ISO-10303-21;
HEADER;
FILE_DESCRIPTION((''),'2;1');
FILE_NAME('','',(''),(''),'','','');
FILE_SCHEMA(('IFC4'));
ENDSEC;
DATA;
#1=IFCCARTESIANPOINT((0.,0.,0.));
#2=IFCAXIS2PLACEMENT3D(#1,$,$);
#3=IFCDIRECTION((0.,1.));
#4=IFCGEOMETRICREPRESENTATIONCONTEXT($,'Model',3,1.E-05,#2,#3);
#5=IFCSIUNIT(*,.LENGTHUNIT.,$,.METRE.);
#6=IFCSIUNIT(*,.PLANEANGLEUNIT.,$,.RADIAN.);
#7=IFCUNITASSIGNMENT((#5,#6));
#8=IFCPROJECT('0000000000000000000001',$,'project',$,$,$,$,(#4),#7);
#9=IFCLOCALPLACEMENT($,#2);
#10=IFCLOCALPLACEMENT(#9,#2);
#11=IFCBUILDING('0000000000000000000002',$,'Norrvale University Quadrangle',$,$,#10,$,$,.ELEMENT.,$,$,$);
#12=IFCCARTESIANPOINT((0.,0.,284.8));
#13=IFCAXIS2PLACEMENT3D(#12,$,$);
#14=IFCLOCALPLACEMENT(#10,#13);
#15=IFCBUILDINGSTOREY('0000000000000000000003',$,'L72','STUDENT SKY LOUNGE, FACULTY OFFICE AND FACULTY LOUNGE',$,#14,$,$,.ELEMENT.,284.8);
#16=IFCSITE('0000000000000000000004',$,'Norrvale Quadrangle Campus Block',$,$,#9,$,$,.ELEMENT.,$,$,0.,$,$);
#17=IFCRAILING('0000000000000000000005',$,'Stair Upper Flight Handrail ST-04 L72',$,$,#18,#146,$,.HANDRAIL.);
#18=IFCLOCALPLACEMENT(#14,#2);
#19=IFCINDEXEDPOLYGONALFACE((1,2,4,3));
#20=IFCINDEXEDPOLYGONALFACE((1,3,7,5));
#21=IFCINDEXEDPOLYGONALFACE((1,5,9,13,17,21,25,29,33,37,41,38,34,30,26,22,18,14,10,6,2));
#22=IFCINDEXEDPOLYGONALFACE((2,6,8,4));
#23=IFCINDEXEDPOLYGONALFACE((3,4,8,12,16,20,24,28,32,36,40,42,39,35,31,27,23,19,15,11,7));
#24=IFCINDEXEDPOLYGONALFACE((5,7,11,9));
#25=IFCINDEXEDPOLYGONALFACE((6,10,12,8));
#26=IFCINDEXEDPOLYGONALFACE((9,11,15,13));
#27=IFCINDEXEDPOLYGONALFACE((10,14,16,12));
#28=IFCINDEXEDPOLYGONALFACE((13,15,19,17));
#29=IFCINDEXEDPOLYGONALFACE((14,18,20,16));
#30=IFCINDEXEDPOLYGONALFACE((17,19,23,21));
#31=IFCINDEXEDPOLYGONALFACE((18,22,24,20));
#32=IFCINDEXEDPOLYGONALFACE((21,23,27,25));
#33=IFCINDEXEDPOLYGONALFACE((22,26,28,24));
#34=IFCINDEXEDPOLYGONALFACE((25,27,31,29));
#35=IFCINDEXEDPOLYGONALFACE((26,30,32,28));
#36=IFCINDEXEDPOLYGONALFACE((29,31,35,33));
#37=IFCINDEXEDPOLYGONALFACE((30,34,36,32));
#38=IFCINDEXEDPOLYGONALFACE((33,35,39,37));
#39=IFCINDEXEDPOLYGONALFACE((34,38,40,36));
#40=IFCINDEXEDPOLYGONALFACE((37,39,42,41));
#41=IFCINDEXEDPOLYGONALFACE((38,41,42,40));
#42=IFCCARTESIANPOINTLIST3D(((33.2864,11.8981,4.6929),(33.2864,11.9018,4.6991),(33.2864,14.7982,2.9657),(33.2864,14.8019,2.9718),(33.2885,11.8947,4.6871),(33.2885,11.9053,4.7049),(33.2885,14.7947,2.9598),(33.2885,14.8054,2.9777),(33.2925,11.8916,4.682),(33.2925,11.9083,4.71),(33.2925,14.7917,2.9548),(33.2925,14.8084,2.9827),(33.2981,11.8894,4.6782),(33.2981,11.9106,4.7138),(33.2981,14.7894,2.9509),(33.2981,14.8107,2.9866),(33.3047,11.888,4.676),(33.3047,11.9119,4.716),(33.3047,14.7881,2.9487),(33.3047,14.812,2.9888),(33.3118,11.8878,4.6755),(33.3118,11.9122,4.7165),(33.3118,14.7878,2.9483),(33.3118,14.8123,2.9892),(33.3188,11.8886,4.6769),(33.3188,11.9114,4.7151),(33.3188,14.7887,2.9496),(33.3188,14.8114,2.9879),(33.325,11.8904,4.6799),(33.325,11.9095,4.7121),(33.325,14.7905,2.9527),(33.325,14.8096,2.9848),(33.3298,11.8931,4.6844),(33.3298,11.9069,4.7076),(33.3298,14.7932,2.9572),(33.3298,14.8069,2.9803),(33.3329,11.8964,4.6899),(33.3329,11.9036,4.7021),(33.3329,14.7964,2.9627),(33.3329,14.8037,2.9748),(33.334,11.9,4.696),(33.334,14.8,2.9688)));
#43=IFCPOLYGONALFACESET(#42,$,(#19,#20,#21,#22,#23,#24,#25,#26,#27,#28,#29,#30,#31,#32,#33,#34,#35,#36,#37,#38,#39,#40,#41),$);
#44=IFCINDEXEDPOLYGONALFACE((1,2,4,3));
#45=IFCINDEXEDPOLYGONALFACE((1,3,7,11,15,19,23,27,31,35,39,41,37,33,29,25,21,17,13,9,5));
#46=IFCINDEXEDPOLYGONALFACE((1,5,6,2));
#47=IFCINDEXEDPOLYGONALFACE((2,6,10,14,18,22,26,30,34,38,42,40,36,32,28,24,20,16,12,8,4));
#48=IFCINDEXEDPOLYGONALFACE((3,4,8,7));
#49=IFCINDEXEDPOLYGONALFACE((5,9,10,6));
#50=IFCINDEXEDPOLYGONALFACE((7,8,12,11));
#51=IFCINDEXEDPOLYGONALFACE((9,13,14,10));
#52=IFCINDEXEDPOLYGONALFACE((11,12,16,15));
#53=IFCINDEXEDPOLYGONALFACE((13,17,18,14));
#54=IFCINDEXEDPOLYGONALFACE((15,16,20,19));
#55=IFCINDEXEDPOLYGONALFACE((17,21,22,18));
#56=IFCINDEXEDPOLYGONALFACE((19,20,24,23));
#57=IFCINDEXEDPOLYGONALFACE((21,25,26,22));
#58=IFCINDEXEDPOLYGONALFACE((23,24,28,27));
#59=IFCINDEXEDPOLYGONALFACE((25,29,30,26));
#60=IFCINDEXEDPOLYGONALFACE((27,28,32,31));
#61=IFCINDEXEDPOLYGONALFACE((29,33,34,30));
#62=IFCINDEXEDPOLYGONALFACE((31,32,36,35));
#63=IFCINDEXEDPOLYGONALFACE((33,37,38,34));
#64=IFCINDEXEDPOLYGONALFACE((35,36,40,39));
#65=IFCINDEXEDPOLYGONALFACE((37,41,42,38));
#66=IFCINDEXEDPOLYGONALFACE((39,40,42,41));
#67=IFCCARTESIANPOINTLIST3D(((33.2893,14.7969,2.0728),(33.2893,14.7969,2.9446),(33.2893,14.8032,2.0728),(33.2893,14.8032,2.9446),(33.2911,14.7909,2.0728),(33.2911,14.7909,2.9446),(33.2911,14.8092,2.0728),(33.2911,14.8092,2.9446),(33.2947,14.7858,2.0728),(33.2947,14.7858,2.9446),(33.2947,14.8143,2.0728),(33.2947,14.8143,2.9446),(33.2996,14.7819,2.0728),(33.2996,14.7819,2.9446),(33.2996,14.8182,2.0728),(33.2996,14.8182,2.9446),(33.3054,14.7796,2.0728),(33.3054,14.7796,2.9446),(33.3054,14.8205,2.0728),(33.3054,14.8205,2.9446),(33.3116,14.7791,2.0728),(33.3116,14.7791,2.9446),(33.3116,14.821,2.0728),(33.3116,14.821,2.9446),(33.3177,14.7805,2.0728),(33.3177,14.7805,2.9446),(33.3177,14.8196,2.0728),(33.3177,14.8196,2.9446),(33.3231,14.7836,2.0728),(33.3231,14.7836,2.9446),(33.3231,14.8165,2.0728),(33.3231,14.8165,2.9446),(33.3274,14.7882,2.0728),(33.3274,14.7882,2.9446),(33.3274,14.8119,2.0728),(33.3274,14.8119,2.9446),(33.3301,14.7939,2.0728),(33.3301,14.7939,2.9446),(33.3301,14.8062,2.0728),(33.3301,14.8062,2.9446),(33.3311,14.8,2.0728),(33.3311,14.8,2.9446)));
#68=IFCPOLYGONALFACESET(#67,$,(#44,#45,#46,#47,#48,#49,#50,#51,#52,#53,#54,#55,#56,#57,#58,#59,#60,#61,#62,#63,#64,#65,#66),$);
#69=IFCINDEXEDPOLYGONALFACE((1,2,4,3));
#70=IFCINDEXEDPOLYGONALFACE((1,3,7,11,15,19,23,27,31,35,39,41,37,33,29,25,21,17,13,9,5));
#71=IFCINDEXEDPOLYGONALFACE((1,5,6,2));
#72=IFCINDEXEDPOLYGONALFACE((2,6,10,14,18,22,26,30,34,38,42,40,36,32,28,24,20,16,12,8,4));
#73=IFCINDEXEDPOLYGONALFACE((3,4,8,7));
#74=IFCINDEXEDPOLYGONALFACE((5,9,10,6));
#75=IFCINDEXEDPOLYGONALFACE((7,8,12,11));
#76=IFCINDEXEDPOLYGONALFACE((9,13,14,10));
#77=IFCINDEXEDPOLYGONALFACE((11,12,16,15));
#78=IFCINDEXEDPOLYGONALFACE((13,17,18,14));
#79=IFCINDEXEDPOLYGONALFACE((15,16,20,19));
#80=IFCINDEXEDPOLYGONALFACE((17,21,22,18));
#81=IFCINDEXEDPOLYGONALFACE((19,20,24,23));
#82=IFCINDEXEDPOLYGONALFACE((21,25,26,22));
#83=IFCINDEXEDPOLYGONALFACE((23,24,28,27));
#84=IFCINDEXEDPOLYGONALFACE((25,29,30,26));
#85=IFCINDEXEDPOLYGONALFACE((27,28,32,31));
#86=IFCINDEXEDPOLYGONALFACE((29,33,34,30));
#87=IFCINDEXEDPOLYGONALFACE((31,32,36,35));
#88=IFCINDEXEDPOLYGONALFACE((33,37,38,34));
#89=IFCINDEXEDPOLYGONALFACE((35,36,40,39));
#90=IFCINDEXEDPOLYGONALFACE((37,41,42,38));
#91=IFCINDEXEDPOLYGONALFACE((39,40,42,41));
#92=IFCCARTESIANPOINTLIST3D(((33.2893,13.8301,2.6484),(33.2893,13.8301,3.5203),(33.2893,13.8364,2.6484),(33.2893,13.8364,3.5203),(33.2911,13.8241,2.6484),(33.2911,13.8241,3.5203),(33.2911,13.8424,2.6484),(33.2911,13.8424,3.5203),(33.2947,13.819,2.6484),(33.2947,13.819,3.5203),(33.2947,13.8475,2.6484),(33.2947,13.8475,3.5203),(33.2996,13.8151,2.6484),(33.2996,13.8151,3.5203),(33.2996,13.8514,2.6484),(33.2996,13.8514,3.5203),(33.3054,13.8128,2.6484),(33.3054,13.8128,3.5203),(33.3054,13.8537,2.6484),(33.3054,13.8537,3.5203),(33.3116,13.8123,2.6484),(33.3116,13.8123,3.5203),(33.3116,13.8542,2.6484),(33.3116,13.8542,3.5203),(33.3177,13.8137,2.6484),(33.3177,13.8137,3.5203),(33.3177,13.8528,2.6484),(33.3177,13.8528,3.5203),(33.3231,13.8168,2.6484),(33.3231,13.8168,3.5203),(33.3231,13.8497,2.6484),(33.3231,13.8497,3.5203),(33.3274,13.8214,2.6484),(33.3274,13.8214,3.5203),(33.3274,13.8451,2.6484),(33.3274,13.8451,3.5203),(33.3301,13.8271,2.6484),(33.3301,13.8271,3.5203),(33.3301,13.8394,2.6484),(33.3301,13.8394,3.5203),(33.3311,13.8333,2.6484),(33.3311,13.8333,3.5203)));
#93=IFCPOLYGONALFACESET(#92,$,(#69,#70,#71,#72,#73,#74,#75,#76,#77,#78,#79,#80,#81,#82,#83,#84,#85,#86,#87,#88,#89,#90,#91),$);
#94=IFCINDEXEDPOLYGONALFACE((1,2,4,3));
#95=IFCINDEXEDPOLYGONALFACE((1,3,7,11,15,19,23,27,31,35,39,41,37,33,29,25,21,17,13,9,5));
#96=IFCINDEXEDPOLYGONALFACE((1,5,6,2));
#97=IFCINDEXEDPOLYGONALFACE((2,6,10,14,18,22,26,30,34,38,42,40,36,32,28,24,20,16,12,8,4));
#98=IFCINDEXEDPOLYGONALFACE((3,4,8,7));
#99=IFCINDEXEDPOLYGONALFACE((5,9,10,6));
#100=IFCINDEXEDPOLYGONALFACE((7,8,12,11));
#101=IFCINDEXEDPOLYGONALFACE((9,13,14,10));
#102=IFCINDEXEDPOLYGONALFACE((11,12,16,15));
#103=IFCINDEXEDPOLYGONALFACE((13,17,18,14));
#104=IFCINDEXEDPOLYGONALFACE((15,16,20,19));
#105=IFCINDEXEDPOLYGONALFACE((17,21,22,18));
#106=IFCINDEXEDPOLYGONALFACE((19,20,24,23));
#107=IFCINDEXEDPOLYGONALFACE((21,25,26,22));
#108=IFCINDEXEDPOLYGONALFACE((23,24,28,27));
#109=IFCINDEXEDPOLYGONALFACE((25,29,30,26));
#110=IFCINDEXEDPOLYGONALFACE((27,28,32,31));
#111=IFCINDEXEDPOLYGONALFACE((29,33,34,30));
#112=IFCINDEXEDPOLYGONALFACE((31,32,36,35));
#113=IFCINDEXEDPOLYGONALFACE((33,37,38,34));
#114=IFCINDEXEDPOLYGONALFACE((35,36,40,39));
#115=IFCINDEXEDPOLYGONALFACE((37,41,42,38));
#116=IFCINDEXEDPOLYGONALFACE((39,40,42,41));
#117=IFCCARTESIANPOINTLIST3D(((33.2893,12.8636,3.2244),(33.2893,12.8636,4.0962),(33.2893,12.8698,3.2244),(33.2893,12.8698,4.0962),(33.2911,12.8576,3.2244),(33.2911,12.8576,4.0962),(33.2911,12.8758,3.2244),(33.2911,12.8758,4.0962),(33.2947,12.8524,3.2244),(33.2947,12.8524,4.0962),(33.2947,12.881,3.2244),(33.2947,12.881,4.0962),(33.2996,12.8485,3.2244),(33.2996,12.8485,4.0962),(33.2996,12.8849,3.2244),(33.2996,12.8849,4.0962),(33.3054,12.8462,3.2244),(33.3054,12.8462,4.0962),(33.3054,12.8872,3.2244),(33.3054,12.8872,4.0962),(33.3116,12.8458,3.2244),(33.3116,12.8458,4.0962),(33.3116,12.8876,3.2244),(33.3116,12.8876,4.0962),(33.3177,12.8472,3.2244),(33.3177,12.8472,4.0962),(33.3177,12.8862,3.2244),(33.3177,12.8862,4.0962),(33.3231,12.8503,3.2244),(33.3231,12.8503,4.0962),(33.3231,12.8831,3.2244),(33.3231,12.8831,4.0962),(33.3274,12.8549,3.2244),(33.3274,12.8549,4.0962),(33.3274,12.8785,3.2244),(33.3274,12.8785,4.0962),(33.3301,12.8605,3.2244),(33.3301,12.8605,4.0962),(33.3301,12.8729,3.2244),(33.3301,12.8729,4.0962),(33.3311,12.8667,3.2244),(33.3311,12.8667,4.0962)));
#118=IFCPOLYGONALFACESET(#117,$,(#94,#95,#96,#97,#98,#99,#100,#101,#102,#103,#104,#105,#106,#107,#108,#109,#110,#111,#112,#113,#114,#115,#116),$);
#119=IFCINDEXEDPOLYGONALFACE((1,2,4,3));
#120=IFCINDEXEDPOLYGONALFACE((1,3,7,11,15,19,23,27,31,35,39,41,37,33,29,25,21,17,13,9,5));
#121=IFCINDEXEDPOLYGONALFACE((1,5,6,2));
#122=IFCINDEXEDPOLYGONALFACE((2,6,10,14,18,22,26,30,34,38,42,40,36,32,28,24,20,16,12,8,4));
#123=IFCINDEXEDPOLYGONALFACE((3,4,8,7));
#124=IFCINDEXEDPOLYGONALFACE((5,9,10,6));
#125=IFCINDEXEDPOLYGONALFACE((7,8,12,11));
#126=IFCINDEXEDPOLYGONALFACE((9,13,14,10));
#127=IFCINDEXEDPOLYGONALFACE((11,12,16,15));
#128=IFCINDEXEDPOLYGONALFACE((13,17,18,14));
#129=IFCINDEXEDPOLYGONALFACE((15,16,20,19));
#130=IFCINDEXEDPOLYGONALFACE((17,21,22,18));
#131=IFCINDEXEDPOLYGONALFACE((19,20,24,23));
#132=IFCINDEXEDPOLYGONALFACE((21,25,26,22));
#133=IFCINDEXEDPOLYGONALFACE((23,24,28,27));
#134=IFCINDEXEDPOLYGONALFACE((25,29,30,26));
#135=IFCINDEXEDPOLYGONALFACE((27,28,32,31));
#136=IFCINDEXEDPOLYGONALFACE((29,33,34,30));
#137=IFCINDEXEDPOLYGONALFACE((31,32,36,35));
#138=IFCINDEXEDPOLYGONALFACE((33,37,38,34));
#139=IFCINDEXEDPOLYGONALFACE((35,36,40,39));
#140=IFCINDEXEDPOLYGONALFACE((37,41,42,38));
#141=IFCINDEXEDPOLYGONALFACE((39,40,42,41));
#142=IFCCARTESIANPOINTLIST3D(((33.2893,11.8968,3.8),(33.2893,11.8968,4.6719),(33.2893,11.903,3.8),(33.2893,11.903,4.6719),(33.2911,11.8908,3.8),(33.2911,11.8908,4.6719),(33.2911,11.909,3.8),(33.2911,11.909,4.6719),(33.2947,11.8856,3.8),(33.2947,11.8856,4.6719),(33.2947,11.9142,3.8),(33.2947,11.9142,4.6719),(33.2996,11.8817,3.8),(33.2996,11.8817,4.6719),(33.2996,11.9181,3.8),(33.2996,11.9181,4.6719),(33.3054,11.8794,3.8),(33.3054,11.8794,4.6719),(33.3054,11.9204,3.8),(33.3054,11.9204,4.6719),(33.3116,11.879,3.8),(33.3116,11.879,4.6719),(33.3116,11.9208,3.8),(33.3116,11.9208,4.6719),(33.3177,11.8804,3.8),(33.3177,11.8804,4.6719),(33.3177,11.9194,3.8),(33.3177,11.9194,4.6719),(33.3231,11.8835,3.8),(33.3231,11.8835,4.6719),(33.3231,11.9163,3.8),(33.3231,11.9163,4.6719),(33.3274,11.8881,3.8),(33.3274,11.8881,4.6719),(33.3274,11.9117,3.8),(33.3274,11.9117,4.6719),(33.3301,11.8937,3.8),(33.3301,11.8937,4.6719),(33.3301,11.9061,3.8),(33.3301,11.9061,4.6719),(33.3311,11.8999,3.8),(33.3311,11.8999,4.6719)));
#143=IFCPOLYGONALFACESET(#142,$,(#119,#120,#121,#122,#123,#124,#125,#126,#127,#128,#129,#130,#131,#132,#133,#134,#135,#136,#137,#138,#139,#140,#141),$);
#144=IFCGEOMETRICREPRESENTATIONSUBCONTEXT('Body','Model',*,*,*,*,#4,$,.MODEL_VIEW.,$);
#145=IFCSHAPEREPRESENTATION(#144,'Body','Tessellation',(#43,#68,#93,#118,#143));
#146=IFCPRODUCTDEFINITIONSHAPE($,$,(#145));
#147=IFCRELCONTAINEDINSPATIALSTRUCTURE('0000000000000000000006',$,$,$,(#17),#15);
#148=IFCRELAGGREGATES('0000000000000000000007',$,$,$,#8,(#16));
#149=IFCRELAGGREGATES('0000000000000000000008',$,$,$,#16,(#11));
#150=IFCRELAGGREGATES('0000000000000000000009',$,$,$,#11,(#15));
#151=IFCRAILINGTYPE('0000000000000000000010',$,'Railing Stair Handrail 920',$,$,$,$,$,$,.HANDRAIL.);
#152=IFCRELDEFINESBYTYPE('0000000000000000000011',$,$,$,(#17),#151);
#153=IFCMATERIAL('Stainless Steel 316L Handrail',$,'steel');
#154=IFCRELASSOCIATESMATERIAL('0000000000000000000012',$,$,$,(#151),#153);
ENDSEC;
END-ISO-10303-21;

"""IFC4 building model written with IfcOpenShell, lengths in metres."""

from ifc_helpers import new_model, si_unit, direction, frame, origin, origin_2d, place, context, subcontext, project, spatial, circle, extrude, material, type_object, element, save


model = new_model("IFC4")

# Units and contexts
model_context = context("Model", 3, precision=1e-05, world=origin(), true_north=direction((0.0, 1.0)))
body_context = subcontext(model_context, "Body", "Model", "MODEL_VIEW")
ifc_project = project(units=[si_unit("LENGTHUNIT", "METRE"), si_unit("PLANEANGLEUNIT", "RADIAN")], contexts=[model_context])

# Site, building, storey
site_placement = place(None, origin())
site = spatial("IfcSite", under=ifc_project, at=site_placement, Name="Norrvale Quadrangle Campus Block", CompositionType="ELEMENT", RefElevation=0.0)
building_placement = place(site_placement, origin())
building = spatial("IfcBuilding", under=site, at=building_placement, Name="Norrvale University Quadrangle", CompositionType="ELEMENT")
storey_placement = place(building_placement, frame((0.0, 0.0, 284.8)))
storey = spatial("IfcBuildingStorey", under=building, at=storey_placement, Name="L72", Description="STUDENT SKY LOUNGE, FACULTY OFFICE AND FACULTY LOUNGE", CompositionType="ELEMENT", Elevation=284.8)

# Railing
ifc_material_1 = material(Name="Stainless Steel 316L Handrail", Category="steel")
railing_type_1 = type_object("IfcRailingType", Name="Railing Stair Handrail 920", PredefinedType="HANDRAIL", material=ifc_material_1)
railing_1_placement = place(storey_placement, frame((33.3101, 14.8, 2.0728)))
element("IfcRailing", 1, at=railing_1_placement, inside=storey, type_object=railing_type_1, Name="Stair Upper Flight Handrail ST-04 L72", PredefinedType="HANDRAIL", context=body_context, shape_type="SweptSolid", body=[
    extrude(circle(Radius=0.0239, at=origin_2d()), frame((0.0, 0.0, 0.896), z_axis=(0.0, -0.85916, 0.511706), x_axis=(1.0, 0.0, 0.0)), (0.0, 0.0, 1.0), 3.3755),
    extrude(circle(Radius=0.021, at=origin_2d()), origin(), (0.0, 0.0, 1.0), 0.8718),
    extrude(circle(Radius=0.021, at=origin_2d()), frame((0.0, -0.9668, 0.5757)), (0.0, 0.0, 1.0), 0.8718),
    extrude(circle(Radius=0.021, at=origin_2d()), frame((0.0, -1.9333, 1.1516)), (0.0, 0.0, 1.0), 0.8718),
    extrude(circle(Radius=0.021, at=origin_2d()), frame((0.0, -2.9001, 1.7273)), (0.0, 0.0, 1.0), 0.8718),
])

save(model, "model.ifc")
